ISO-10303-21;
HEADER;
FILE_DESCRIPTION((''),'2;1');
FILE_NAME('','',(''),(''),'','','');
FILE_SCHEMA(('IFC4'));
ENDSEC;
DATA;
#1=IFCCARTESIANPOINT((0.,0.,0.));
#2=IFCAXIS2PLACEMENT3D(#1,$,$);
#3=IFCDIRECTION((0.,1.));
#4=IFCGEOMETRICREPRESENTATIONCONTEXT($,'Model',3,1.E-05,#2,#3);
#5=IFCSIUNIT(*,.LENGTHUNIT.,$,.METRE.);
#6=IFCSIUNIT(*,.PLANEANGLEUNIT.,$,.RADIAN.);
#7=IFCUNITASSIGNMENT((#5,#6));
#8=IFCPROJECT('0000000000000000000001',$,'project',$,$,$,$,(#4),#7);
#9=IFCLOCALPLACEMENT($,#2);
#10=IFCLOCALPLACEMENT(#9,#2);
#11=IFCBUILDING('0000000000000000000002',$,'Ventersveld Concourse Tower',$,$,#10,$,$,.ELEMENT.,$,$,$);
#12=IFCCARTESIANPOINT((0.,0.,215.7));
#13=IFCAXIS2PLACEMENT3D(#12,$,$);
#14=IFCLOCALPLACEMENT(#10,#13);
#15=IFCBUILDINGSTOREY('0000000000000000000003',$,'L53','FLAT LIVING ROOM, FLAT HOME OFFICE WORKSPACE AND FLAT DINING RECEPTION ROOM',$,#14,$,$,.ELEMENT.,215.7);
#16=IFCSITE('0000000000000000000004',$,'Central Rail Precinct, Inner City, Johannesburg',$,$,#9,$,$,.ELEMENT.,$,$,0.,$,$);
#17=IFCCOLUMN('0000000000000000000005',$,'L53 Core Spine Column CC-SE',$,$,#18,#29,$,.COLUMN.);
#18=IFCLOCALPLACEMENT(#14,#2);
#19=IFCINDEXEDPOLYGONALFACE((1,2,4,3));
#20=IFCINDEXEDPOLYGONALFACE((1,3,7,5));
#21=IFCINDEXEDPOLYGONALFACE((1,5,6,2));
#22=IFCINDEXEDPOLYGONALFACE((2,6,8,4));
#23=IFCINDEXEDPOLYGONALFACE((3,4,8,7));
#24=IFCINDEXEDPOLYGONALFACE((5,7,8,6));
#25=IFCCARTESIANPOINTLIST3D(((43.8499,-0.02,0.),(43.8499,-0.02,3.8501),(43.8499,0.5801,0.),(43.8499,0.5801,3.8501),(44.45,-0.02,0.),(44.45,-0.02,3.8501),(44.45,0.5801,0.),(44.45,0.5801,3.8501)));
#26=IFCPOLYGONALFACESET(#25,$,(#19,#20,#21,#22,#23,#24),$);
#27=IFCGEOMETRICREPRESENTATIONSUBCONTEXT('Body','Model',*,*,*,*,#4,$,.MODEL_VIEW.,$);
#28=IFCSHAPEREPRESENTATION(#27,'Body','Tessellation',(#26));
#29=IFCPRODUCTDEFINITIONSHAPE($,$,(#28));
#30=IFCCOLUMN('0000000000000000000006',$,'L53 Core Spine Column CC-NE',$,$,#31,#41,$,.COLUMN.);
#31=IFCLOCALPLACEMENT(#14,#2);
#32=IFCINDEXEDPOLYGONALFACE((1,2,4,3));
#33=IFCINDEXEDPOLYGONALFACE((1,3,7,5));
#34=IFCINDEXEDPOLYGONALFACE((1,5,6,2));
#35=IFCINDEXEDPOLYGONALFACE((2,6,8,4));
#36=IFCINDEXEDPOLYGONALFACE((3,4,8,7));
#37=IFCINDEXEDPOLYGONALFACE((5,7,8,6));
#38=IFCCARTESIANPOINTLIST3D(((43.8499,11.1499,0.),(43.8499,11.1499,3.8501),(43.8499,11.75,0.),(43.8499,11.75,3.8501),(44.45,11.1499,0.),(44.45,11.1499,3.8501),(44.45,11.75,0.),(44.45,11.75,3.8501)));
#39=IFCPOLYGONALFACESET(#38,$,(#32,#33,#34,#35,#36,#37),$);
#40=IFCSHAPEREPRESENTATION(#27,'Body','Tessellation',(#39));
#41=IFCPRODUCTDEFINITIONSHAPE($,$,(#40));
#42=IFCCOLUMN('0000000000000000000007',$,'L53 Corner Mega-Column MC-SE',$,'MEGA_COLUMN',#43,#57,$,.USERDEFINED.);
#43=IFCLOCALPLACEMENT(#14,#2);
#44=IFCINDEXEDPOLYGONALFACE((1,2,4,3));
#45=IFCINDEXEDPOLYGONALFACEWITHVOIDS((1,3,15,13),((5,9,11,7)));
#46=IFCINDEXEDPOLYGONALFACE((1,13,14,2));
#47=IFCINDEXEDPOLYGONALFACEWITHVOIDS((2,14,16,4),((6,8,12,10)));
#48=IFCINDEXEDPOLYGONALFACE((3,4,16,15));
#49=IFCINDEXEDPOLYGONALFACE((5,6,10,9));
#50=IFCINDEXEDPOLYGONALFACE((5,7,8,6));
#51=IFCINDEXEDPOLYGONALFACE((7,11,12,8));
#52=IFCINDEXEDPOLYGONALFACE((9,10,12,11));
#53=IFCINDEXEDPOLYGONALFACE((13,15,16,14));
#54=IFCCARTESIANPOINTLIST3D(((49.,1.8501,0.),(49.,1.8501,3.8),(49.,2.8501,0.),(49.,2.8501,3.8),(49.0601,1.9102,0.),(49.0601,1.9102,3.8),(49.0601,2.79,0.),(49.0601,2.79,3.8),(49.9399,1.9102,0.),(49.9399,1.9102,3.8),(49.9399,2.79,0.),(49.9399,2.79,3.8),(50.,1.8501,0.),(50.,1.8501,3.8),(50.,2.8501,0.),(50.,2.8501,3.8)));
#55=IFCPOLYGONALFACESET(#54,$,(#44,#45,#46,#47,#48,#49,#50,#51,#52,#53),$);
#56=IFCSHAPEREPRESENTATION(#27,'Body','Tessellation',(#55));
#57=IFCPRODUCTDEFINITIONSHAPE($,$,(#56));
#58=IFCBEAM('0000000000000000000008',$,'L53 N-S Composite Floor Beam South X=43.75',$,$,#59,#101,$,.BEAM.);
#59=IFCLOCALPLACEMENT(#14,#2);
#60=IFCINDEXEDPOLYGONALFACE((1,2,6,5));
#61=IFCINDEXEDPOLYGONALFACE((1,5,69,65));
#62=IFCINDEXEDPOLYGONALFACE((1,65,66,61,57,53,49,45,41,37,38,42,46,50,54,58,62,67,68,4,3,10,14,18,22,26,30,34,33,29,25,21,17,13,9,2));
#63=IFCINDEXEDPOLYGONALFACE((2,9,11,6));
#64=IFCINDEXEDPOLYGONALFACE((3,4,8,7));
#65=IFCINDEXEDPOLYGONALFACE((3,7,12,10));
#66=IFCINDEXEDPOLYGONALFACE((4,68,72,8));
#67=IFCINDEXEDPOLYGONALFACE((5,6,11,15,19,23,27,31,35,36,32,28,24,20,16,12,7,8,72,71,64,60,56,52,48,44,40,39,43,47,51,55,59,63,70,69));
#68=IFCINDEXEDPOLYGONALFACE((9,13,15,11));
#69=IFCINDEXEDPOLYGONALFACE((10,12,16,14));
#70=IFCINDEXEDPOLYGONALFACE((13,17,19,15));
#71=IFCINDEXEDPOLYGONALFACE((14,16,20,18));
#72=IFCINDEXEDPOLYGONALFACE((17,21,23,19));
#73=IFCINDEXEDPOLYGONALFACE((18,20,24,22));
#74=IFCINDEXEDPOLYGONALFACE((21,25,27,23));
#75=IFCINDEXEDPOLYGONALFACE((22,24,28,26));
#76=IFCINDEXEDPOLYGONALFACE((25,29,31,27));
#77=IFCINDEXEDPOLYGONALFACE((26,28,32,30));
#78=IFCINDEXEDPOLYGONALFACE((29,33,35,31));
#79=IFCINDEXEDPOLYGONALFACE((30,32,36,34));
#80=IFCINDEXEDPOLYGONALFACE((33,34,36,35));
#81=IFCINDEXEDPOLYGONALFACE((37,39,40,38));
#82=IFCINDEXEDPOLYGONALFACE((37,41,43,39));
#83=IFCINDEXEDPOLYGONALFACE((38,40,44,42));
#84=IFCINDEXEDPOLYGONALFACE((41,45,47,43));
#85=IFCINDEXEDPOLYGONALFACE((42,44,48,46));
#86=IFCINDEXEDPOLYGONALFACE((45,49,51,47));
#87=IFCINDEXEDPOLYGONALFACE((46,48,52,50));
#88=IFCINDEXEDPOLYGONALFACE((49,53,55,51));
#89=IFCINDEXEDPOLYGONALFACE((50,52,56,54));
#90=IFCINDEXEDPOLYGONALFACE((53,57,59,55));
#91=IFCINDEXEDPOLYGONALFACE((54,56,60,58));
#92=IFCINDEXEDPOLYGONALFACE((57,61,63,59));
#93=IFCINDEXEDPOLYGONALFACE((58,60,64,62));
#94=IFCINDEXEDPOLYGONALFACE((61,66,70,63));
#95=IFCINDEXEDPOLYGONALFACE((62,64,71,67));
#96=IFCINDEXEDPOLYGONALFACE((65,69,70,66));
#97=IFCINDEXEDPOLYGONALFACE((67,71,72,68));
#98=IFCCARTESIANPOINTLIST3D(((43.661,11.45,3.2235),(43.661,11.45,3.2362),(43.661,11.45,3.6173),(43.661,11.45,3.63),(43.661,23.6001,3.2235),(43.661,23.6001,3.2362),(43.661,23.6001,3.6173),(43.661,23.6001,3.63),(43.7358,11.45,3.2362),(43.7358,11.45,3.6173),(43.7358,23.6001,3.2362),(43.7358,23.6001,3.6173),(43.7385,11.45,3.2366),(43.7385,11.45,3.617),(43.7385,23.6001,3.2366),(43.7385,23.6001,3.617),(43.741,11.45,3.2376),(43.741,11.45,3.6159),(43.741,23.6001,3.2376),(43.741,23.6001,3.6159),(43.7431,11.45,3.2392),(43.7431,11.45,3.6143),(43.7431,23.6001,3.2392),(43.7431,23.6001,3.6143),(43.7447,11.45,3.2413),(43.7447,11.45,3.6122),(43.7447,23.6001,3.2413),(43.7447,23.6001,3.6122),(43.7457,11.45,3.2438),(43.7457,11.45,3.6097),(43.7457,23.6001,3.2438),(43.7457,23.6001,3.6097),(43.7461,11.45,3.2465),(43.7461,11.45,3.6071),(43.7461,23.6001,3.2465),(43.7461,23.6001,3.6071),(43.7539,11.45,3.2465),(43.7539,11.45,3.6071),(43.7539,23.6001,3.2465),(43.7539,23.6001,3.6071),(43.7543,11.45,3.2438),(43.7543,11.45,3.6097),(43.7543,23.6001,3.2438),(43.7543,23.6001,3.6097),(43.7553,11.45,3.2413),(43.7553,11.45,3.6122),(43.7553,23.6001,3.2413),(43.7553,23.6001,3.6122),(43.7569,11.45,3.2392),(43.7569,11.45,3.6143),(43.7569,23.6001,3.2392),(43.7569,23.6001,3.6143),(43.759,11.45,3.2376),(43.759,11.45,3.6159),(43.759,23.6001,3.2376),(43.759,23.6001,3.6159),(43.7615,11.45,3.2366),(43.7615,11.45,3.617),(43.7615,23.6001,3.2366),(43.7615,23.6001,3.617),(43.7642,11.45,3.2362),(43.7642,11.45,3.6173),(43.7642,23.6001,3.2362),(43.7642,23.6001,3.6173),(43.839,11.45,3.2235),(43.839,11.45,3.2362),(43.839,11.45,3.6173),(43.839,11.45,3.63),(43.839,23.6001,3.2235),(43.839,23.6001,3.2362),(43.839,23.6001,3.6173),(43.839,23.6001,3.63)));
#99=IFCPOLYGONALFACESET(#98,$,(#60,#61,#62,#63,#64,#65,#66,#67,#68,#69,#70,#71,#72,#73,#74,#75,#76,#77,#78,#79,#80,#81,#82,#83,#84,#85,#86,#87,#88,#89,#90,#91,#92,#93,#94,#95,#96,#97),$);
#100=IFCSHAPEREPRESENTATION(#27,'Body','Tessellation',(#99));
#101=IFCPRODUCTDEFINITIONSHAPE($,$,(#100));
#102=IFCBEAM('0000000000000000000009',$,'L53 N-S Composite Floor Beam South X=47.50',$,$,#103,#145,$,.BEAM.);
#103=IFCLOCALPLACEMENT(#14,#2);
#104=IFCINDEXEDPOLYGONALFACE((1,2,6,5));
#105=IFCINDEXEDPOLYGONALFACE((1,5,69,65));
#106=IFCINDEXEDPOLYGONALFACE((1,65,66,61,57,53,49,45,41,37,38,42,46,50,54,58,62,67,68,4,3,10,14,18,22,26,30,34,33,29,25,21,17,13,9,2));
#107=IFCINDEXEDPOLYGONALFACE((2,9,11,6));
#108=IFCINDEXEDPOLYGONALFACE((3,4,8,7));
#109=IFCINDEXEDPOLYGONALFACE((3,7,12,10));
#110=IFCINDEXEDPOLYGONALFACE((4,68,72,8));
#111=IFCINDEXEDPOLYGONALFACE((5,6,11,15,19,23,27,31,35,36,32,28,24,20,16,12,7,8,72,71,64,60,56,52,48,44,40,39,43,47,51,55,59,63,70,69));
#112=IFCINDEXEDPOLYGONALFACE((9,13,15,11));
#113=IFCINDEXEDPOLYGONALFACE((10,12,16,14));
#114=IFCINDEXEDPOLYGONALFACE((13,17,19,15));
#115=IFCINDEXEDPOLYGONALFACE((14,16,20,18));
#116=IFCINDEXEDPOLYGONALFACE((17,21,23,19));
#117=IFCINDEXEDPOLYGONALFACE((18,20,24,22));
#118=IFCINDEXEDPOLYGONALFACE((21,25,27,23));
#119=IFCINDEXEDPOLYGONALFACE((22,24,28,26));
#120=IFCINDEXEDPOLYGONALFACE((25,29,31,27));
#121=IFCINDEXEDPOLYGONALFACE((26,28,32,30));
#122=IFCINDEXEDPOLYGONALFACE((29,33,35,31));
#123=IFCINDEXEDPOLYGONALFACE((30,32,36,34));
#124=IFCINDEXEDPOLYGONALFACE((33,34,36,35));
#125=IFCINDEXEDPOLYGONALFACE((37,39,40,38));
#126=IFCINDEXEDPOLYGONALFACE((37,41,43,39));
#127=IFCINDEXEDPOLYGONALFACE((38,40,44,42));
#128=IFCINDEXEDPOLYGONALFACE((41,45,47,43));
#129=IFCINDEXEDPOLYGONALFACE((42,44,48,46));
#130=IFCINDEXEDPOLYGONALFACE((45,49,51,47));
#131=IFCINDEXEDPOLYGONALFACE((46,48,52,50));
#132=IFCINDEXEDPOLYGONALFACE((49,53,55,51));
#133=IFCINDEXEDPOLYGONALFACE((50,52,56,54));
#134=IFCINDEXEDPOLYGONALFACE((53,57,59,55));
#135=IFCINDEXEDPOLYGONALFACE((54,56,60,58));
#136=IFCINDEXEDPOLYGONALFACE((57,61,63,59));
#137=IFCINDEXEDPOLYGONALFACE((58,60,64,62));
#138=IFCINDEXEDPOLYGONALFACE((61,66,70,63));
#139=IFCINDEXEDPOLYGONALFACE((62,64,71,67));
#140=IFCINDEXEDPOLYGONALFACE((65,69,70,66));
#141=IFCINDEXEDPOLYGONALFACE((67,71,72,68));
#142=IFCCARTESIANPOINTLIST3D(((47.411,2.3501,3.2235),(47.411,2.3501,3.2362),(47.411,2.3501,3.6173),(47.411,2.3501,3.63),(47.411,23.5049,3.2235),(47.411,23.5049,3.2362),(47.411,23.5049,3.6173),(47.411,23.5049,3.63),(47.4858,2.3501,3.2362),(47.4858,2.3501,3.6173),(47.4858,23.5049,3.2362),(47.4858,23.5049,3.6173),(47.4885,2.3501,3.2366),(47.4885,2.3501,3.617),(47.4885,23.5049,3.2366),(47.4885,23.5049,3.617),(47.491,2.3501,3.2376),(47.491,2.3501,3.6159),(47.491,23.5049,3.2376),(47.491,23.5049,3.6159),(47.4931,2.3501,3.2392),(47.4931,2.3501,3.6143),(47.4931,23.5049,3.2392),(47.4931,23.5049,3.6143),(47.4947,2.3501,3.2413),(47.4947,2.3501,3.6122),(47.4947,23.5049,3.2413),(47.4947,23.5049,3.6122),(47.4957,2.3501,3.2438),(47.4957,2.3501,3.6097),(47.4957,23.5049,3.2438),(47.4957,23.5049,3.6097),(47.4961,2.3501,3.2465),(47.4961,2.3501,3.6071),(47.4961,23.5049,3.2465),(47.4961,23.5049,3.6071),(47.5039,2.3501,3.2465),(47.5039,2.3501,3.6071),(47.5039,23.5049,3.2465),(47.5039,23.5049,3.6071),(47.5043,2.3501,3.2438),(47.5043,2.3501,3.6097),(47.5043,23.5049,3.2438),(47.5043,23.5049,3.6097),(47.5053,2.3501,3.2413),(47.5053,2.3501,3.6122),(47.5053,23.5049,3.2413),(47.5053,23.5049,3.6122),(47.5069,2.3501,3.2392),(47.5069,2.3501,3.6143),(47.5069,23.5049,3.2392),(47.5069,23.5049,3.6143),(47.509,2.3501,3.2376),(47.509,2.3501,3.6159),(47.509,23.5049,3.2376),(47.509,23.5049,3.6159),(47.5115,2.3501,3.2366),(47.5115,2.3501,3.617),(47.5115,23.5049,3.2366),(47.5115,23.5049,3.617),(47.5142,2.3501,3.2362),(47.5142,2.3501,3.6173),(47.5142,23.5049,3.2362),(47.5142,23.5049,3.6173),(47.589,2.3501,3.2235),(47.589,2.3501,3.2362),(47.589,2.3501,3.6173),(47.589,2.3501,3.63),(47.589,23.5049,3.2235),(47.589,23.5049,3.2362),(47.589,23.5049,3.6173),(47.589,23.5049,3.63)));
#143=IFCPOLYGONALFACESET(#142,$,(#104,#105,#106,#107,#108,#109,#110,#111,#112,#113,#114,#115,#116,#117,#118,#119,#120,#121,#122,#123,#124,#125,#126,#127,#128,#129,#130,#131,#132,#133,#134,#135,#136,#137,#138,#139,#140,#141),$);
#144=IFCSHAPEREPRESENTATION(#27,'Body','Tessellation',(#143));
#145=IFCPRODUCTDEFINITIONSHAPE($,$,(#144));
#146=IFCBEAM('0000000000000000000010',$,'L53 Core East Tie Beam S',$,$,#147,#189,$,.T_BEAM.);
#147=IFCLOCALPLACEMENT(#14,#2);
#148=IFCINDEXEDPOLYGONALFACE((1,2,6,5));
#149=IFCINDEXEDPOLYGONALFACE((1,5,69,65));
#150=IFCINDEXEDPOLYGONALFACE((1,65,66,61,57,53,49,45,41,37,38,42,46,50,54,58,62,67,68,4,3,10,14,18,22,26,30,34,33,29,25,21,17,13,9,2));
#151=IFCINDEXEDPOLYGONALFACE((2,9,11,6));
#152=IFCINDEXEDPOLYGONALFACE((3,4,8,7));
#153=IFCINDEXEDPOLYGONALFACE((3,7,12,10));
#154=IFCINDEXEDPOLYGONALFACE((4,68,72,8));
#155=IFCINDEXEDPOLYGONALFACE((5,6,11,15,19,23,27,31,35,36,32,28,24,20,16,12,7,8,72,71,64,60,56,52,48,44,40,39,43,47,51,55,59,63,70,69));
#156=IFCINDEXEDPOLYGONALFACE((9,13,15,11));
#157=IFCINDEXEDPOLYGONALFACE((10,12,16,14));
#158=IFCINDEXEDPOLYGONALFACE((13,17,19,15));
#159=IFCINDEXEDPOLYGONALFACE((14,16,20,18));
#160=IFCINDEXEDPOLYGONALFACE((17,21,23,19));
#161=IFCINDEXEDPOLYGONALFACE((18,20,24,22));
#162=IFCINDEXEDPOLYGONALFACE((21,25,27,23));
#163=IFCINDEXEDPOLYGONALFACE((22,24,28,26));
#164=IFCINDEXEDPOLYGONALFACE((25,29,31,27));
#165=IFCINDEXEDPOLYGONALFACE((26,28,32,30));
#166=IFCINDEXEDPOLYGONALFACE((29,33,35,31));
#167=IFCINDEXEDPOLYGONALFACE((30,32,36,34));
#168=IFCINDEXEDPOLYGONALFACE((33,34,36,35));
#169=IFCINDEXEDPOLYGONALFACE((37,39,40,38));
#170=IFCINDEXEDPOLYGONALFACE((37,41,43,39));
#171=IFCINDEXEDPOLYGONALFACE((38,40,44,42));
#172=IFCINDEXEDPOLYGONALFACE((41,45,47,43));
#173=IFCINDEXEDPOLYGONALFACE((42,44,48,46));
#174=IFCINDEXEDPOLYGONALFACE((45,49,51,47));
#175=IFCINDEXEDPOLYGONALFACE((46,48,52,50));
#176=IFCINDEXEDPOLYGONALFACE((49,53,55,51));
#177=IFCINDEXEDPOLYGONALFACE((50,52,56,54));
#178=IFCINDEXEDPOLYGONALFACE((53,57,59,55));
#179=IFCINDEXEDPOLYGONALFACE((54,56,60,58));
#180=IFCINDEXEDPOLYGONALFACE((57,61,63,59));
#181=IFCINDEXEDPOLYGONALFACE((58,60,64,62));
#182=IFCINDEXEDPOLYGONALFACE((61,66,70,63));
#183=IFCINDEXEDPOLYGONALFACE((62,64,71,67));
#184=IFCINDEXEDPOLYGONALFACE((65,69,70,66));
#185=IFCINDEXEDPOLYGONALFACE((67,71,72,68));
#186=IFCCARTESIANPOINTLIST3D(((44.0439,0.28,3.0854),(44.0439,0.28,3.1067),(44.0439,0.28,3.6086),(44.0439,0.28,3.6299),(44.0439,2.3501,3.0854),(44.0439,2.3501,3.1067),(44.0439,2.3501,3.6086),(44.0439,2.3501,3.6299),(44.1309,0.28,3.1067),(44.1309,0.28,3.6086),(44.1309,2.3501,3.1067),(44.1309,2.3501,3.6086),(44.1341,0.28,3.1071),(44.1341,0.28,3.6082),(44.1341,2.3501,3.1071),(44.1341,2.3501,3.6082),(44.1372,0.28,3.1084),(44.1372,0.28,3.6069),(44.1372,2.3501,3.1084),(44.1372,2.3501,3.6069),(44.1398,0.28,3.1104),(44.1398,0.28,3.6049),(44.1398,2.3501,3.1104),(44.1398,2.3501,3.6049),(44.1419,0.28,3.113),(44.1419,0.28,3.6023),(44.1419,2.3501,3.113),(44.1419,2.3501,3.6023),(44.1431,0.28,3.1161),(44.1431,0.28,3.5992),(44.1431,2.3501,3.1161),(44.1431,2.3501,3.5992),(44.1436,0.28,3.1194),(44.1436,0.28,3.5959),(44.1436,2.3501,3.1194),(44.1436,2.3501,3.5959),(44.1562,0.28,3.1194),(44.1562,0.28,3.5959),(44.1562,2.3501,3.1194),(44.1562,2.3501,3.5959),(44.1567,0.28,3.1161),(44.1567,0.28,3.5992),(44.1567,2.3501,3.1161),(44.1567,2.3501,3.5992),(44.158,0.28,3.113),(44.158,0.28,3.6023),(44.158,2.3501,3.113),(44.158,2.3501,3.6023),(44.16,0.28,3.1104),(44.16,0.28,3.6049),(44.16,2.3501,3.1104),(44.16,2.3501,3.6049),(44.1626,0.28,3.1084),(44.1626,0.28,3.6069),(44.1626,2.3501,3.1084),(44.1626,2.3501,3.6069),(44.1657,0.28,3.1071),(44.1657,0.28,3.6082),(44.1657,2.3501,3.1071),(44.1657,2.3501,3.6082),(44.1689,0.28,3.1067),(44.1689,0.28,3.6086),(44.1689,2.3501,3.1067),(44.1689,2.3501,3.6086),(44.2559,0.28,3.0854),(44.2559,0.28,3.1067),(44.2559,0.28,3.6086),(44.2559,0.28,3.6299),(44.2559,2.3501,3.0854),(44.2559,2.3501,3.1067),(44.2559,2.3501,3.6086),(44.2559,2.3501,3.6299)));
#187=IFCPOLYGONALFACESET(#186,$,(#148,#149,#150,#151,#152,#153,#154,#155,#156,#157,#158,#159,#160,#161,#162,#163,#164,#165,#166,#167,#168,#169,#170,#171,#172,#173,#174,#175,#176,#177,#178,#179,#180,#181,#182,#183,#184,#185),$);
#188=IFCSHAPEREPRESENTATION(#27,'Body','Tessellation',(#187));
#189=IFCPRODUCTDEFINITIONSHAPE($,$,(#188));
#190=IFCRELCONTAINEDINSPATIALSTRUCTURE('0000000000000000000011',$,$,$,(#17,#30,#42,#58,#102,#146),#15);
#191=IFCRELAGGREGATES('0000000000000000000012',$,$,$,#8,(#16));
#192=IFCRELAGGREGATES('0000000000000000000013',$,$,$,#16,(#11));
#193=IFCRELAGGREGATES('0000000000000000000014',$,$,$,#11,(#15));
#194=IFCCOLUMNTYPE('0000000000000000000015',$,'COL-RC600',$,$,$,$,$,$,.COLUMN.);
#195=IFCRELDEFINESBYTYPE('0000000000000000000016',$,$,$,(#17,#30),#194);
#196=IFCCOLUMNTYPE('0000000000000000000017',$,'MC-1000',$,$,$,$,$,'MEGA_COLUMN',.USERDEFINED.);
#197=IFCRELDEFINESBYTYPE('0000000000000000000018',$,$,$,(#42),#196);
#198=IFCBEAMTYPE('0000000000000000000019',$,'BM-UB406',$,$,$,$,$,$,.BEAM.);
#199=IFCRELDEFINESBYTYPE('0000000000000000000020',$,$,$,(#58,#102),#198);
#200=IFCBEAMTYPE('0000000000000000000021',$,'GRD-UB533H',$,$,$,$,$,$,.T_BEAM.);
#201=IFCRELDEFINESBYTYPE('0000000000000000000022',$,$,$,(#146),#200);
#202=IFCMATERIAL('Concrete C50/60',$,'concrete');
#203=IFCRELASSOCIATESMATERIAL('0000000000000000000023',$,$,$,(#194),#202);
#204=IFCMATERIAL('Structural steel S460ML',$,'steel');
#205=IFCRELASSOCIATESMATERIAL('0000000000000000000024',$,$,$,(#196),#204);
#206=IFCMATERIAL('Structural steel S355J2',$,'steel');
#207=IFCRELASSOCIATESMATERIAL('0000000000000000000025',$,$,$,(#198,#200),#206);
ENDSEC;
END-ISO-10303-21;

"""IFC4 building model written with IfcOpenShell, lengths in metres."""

from ifc_helpers import new_model, si_unit, direction, frame, origin, origin_2d, place, context, subcontext, project, spatial, rectangle, hollow_rectangle, i_section, extrude, material, material_profile, profile_set, type_object, element, save


model = new_model("IFC4")

# Units and contexts
model_context = context("Model", 3, precision=1e-05, world=origin(), true_north=direction((0.0, 1.0)))
body_context = subcontext(model_context, "Body", "Model", "MODEL_VIEW")
ifc_project = project(units=[si_unit("LENGTHUNIT", "METRE"), si_unit("PLANEANGLEUNIT", "RADIAN")], contexts=[model_context])

# Site, building, storey
site_placement = place(None, origin())
site = spatial("IfcSite", under=ifc_project, at=site_placement, Name="Central Rail Precinct, Inner City, Johannesburg", CompositionType="ELEMENT", RefElevation=0.0)
building_placement = place(site_placement, origin())
building = spatial("IfcBuilding", under=site, at=building_placement, Name="Ventersveld Concourse Tower", CompositionType="ELEMENT")
storey_placement = place(building_placement, frame((0.0, 0.0, 215.7)))
storey = spatial("IfcBuildingStorey", under=building, at=storey_placement, Name="L53", Description="FLAT LIVING ROOM, FLAT HOME OFFICE WORKSPACE AND FLAT DINING RECEPTION ROOM", CompositionType="ELEMENT", Elevation=215.7)

# Columns
ifc_material_1 = material(Name="Concrete C50/60", Category="concrete")
ifc_material_profile_1 = material_profile(ifc_material_1, rectangle(XDim=0.6001, YDim=0.6001, at=origin_2d()), Name="RC 600x600")
ifc_profile_set_1 = profile_set([ifc_material_profile_1], Name="Concrete C50/60")
column_type_1 = type_object("IfcColumnType", Name="COL-RC600", PredefinedType="COLUMN", material=ifc_profile_set_1)
for number, where, z_axis, x_axis, name in (
    (1, (44.1499, 0.28, 0.0), (0.0, 0.0, 1.0), (1.0, 0.0, 0.0), "L53 Core Spine Column CC-SE"),
    (2, (44.1499, 11.45, 0.0), (0.0, 0.0, 1.0), (1.0, 0.0, 0.0), "L53 Core Spine Column CC-NE"),
):
    element("IfcColumn", number, at=place(storey_placement, frame(where, z_axis=z_axis, x_axis=x_axis)), inside=storey, type_object=column_type_1, Name=name, PredefinedType="COLUMN", context=body_context, shape_type="SweptSolid", body=[
        extrude(rectangle(XDim=0.6001, YDim=0.6001, at=origin_2d()), origin(), (0.0, 0.0, 1.0), 3.8501),
    ])
ifc_material_2 = material(Name="Structural steel S460ML", Category="steel")
ifc_material_profile_2 = material_profile(ifc_material_2, hollow_rectangle(XDim=1.0, YDim=1.0, WallThickness=0.0601, at=origin_2d()), Name="BOX 1000x1000x60")
ifc_profile_set_2 = profile_set([ifc_material_profile_2], Name="Structural steel S460ML")
column_type_2 = type_object("IfcColumnType", Name="MC-1000", ElementType="MEGA_COLUMN", PredefinedType="USERDEFINED", material=ifc_profile_set_2)
column_placement = place(storey_placement, frame((49.5, 2.3501, 0.0), z_axis=(0.0, 0.0, 1.0), x_axis=(1.0, 0.0, 0.0)))
element("IfcColumn", 3, at=column_placement, inside=storey, type_object=column_type_2, Name="L53 Corner Mega-Column MC-SE", ObjectType="MEGA_COLUMN", PredefinedType="USERDEFINED", context=body_context, shape_type="SweptSolid", body=[
    extrude(hollow_rectangle(XDim=1.0, YDim=1.0, WallThickness=0.0601, at=origin_2d()), origin(), (0.0, 0.0, 1.0), 3.8),
])

# Beams
ifc_material_3 = material(Name="Structural steel S355J2", Category="steel")
ifc_material_profile_3 = material_profile(ifc_material_3, i_section(OverallWidth=0.178, OverallDepth=0.4065, WebThickness=0.0078, FlangeThickness=0.0127, FilletRadius=0.0103, at=origin_2d()), Name="UB 406x178x60")
ifc_profile_set_3 = profile_set([ifc_material_profile_3], Name="Structural steel S355J2")
beam_type_1 = type_object("IfcBeamType", Name="BM-UB406", PredefinedType="BEAM", material=ifc_profile_set_3)
beam_1_placement = place(storey_placement, frame((43.75, 11.45, 3.4268), z_axis=(0.0, 1.0, 0.0), x_axis=(-1.0, 0.0, 0.0)))
element("IfcBeam", 4, at=beam_1_placement, inside=storey, type_object=beam_type_1, Name="L53 N-S Composite Floor Beam South X=43.75", PredefinedType="BEAM", context=body_context, shape_type="SweptSolid", body=[
    extrude(i_section(OverallWidth=0.178, OverallDepth=0.4065, WebThickness=0.0078, FlangeThickness=0.0127, FilletRadius=0.0103, at=origin_2d()), origin(), (0.0, 0.0, 1.0), 12.1501),
])
beam_2_placement = place(storey_placement, frame((47.5, 2.3501, 3.4268), z_axis=(0.0, 1.0, 0.0), x_axis=(-1.0, 0.0, 0.0)))
element("IfcBeam", 5, at=beam_2_placement, inside=storey, type_object=beam_type_1, Name="L53 N-S Composite Floor Beam South X=47.50", PredefinedType="BEAM", context=body_context, shape_type="SweptSolid", body=[
    extrude(i_section(OverallWidth=0.178, OverallDepth=0.4065, WebThickness=0.0078, FlangeThickness=0.0127, FilletRadius=0.0103, at=origin_2d()), origin(), (0.0, 0.0, 1.0), 21.1548),
])
ifc_material_profile_4 = material_profile(ifc_material_3, i_section(OverallWidth=0.2119, OverallDepth=0.5444, WebThickness=0.0127, FlangeThickness=0.0212, FilletRadius=0.0127, at=origin_2d()), Name="UB 533x210x122")
ifc_profile_set_4 = profile_set([ifc_material_profile_4], Name="Structural steel S355J2")
beam_type_2 = type_object("IfcBeamType", Name="GRD-UB533H", PredefinedType="T_BEAM", material=ifc_profile_set_4)
beam_3_placement = place(storey_placement, frame((44.1499, 0.28, 3.3577), z_axis=(0.0, 1.0, 0.0), x_axis=(-1.0, 0.0, 0.0)))
element("IfcBeam", 6, at=beam_3_placement, inside=storey, type_object=beam_type_2, Name="L53 Core East Tie Beam S", PredefinedType="T_BEAM", context=body_context, shape_type="SweptSolid", body=[
    extrude(i_section(OverallWidth=0.2119, OverallDepth=0.5444, WebThickness=0.0127, FlangeThickness=0.0212, FilletRadius=0.0127, at=origin_2d()), origin(), (0.0, 0.0, 1.0), 2.0701),
])

save(model, "model.ifc")
